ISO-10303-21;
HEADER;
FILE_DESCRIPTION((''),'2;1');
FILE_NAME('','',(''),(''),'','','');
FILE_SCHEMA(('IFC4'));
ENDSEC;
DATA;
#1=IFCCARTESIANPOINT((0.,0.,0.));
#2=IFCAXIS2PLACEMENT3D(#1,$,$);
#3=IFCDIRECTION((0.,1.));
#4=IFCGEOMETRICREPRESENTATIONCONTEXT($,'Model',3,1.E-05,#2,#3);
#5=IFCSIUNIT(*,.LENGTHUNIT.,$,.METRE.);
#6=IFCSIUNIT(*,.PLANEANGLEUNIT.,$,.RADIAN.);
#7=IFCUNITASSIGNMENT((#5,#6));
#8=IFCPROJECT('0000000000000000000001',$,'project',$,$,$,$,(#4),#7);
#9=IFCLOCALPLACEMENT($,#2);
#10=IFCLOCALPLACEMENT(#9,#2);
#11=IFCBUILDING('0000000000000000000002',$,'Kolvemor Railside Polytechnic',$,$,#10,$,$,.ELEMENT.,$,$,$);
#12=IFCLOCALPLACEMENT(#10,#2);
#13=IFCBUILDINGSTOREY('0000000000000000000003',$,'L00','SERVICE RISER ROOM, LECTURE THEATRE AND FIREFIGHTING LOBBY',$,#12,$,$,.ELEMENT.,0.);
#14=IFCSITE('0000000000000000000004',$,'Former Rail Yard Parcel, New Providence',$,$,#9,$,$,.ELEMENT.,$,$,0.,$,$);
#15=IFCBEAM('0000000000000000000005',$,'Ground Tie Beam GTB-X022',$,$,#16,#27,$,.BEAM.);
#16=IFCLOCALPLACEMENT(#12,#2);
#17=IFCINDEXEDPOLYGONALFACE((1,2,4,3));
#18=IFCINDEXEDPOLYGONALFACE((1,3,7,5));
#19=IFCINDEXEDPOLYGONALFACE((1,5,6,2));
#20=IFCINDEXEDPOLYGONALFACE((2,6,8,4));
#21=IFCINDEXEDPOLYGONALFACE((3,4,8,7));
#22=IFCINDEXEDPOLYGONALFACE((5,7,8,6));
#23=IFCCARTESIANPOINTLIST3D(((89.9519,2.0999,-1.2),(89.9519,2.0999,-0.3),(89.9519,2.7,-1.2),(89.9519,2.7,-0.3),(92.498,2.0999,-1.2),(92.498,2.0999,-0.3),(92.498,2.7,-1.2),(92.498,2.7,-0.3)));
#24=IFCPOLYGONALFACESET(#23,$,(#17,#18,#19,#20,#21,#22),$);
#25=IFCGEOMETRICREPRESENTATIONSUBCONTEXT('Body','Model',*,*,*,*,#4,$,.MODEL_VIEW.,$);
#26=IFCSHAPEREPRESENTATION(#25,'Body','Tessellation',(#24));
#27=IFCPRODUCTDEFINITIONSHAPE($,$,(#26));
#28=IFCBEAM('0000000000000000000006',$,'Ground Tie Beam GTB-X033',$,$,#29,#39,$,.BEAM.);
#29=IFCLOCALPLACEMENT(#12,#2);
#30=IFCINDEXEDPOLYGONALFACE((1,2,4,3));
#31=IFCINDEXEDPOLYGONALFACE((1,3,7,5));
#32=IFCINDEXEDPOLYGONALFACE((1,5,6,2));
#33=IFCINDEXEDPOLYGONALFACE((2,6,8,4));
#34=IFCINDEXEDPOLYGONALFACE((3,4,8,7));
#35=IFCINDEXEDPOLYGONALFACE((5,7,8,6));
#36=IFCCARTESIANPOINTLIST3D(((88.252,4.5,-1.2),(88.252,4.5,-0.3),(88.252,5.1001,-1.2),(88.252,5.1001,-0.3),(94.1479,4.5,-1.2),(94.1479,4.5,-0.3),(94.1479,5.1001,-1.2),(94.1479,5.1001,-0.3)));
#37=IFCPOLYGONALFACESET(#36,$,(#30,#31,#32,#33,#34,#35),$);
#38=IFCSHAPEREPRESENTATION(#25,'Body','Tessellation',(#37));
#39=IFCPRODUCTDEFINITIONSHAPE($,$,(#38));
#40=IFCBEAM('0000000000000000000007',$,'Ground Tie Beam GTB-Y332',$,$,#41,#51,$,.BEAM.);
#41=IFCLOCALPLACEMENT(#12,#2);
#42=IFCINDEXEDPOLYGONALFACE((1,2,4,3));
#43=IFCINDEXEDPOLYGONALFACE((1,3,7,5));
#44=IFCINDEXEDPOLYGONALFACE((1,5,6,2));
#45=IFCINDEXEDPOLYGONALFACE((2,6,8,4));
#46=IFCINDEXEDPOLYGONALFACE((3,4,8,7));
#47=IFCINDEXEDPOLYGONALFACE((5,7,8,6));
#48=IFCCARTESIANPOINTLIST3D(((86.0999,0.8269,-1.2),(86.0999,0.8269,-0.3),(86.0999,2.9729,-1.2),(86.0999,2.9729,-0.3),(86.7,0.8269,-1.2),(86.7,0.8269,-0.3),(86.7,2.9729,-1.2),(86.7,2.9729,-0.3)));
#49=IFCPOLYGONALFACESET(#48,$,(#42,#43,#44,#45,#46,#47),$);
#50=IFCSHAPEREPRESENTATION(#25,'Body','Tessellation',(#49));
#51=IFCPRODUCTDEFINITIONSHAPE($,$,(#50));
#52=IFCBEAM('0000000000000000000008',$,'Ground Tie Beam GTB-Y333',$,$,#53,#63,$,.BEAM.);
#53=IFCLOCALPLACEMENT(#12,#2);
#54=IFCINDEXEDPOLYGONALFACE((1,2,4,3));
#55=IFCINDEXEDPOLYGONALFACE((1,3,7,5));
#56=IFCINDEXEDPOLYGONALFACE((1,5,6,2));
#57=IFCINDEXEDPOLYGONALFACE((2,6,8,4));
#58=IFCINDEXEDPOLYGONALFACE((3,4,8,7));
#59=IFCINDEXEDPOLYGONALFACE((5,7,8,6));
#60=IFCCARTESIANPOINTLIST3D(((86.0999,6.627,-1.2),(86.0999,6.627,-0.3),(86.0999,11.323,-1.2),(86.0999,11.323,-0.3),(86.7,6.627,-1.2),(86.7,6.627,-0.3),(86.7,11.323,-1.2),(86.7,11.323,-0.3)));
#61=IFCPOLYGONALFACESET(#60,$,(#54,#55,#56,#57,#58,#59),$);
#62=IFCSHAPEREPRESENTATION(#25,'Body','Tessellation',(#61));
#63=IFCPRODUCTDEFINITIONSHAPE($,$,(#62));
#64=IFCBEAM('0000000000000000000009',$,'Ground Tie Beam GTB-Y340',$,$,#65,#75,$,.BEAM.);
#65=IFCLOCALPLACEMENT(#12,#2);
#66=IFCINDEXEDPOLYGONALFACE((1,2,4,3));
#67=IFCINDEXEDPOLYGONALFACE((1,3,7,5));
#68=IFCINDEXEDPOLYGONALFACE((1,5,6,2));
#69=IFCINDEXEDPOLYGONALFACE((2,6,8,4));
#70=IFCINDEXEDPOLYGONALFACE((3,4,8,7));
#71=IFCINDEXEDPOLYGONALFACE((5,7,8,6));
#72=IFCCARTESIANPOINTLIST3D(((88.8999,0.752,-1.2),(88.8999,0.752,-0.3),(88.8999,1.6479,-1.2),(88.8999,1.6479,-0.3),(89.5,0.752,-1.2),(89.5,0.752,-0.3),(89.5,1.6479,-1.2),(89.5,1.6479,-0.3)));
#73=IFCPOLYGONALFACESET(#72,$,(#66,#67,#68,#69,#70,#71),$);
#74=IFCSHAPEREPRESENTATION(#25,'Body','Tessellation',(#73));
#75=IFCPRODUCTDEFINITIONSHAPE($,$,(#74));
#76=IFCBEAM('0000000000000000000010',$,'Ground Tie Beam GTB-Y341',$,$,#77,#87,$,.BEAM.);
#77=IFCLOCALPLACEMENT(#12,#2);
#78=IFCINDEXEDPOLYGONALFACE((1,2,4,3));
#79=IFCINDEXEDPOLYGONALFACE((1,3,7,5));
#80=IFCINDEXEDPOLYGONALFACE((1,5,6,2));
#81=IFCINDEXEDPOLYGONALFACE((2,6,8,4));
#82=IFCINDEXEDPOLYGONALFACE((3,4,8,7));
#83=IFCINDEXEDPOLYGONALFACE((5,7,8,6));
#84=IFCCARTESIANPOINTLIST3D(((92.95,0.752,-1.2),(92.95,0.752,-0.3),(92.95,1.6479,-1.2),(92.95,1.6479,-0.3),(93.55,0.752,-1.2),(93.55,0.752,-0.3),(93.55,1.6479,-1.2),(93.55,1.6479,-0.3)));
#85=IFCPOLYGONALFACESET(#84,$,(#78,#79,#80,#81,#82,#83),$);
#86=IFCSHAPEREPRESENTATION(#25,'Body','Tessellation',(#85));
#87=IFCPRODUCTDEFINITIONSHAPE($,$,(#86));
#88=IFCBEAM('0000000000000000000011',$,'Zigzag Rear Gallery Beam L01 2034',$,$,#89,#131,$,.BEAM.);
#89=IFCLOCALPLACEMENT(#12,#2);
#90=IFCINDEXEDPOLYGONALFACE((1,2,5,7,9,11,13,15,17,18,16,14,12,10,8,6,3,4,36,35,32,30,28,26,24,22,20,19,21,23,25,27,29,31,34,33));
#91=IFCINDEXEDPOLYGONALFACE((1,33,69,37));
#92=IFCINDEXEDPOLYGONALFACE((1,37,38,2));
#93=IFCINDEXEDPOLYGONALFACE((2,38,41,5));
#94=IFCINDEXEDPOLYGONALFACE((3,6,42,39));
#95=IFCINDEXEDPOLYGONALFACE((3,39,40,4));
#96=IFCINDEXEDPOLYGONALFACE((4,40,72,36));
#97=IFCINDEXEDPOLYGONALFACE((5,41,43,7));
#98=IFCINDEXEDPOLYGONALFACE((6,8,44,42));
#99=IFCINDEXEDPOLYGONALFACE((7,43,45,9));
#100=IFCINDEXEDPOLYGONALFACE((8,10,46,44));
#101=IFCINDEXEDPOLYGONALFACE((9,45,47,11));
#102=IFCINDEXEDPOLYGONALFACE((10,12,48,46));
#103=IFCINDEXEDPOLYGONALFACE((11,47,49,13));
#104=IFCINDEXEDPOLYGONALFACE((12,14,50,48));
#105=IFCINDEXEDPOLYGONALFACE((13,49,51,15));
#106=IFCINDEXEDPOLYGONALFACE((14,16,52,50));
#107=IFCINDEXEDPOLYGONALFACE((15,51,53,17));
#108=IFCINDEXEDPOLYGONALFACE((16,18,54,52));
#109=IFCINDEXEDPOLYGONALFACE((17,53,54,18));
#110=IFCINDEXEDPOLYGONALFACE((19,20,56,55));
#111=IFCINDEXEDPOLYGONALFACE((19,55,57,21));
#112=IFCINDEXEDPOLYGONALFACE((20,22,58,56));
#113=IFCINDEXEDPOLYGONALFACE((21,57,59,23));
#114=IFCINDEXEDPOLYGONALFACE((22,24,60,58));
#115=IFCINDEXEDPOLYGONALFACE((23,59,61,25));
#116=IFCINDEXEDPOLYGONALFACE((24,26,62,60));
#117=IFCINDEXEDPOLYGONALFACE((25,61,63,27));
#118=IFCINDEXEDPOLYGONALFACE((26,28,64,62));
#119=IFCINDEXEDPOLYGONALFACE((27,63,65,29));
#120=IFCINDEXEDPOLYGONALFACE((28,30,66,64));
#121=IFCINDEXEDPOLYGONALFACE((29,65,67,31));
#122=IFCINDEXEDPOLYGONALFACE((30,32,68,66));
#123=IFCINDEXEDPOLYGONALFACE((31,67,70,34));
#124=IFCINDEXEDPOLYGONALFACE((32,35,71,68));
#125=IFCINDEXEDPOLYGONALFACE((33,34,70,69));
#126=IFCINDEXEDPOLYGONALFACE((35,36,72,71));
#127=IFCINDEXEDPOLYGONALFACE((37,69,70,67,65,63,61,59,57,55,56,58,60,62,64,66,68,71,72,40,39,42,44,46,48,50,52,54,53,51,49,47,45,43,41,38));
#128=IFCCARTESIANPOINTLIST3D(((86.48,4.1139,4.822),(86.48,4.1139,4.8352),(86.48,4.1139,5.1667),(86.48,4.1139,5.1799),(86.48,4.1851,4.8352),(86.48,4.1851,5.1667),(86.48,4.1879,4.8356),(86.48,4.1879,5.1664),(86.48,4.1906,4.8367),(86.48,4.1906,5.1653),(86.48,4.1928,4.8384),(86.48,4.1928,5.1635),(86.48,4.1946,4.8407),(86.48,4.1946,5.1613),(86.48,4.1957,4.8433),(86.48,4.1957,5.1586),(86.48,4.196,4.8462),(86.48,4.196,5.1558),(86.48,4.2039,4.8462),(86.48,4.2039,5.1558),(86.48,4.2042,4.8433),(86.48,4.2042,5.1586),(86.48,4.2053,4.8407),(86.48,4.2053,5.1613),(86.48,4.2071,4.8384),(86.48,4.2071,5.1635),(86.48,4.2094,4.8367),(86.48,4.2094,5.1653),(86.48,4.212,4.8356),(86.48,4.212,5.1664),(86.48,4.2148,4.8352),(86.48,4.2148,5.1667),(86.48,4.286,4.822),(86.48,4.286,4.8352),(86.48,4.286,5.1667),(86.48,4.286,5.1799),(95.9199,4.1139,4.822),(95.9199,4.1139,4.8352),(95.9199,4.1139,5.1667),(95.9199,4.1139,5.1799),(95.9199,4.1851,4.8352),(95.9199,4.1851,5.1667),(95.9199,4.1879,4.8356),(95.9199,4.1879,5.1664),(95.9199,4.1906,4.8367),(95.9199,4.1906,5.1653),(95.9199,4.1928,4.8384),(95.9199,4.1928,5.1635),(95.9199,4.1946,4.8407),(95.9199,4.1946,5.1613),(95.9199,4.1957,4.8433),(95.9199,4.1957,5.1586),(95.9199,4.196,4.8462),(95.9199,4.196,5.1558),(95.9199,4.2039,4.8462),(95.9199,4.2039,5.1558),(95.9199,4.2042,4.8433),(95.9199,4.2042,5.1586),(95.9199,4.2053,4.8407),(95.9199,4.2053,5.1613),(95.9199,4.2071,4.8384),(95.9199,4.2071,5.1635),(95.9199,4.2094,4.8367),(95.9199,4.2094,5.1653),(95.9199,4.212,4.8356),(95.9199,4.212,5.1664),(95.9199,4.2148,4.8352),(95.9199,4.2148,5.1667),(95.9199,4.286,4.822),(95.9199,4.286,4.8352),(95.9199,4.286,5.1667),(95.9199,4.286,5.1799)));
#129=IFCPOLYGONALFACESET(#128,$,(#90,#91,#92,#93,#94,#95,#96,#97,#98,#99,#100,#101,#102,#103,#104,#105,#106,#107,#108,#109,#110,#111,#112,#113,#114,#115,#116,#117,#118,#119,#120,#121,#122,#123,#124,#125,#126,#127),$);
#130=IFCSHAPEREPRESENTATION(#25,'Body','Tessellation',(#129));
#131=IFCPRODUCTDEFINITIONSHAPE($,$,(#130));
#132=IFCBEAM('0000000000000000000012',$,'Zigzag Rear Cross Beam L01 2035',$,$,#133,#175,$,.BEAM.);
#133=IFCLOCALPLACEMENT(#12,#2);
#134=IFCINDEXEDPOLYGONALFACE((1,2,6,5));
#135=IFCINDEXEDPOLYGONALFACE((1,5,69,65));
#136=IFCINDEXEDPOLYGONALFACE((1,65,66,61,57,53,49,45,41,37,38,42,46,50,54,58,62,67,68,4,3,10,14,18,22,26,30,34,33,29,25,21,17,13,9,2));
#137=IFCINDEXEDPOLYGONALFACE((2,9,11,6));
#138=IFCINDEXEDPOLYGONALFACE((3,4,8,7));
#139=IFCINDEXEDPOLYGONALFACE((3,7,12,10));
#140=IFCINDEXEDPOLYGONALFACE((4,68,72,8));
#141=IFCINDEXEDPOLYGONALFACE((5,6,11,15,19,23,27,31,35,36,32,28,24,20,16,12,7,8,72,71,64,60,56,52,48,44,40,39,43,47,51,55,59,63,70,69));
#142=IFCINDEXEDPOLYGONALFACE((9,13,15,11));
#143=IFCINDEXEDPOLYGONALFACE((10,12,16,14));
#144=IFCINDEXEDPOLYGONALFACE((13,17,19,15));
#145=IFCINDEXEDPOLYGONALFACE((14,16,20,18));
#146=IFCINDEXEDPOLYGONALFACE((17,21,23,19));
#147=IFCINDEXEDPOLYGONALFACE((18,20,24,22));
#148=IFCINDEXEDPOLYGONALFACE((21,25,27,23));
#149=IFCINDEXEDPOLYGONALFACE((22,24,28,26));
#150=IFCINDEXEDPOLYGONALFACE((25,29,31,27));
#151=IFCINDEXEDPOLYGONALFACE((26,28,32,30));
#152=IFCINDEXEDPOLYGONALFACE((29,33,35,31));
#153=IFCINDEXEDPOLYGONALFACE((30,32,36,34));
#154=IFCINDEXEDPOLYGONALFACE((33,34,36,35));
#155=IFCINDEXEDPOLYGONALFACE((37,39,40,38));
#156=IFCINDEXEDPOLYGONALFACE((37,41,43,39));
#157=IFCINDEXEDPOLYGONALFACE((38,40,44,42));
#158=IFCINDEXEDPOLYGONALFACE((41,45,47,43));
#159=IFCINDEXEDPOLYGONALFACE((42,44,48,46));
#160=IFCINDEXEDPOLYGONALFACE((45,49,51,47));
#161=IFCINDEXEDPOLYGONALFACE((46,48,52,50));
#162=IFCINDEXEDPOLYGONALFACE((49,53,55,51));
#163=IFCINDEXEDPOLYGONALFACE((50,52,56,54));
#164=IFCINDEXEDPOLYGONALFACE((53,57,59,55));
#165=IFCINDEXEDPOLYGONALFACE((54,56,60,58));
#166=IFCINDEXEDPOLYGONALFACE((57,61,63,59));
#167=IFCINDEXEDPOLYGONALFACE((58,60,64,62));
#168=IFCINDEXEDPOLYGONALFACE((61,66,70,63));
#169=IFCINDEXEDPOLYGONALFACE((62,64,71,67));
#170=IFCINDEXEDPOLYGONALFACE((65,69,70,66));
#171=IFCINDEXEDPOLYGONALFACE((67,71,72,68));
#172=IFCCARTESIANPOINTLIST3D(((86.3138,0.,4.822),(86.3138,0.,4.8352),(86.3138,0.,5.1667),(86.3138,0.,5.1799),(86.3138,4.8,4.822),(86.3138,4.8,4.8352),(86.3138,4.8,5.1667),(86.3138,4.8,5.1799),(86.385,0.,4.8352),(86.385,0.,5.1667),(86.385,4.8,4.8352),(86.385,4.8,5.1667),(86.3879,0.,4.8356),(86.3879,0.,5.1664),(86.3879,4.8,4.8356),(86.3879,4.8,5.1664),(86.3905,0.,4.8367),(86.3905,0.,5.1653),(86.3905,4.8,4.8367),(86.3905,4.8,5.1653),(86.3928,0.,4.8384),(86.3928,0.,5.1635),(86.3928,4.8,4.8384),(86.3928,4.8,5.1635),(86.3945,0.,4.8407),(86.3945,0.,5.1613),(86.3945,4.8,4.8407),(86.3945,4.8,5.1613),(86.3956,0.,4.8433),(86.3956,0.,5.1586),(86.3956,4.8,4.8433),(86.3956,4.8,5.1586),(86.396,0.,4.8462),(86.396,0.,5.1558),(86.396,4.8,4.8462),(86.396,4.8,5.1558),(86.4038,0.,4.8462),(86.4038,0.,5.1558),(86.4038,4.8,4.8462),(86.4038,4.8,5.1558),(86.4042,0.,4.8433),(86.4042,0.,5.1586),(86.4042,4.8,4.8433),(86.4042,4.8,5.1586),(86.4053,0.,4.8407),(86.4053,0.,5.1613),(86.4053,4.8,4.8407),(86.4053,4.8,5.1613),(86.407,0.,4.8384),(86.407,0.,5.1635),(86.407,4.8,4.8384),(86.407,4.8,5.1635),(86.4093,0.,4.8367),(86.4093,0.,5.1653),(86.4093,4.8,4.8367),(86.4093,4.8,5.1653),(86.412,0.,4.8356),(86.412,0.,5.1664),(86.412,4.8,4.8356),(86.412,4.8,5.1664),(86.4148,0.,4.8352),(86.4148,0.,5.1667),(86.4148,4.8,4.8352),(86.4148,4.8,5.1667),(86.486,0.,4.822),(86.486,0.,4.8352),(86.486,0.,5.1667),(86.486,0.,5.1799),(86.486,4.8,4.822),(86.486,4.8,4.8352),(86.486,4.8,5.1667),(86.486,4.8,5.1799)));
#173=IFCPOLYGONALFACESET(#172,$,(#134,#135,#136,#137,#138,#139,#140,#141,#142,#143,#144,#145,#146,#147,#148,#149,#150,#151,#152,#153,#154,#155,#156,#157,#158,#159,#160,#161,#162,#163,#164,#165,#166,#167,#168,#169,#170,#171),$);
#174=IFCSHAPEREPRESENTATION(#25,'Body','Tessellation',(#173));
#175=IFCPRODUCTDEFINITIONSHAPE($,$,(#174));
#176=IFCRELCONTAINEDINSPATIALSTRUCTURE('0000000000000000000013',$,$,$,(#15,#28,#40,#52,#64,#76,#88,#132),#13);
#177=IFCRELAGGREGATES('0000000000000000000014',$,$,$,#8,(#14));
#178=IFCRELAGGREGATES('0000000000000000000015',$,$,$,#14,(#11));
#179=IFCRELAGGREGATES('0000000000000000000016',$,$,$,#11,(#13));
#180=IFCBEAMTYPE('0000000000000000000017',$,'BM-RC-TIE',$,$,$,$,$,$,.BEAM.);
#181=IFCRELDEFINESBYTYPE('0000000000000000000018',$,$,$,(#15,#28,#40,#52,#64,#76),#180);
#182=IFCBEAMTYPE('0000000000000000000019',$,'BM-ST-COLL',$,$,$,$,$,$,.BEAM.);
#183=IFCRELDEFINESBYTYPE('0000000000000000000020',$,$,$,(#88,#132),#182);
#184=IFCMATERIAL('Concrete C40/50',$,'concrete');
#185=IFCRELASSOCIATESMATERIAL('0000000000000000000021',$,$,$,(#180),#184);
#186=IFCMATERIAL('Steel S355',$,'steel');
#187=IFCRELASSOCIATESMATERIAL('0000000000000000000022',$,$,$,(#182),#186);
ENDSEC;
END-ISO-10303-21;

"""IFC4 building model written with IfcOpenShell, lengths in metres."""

from ifc_helpers import new_model, si_unit, direction, frame, origin, origin_2d, place, context, subcontext, project, spatial, rectangle, i_section, extrude, material, material_profile, profile_set, type_object, element, save


model = new_model("IFC4")

# Units and contexts
model_context = context("Model", 3, precision=1e-05, world=origin(), true_north=direction((0.0, 1.0)))
body_context = subcontext(model_context, "Body", "Model", "MODEL_VIEW")
ifc_project = project(units=[si_unit("LENGTHUNIT", "METRE"), si_unit("PLANEANGLEUNIT", "RADIAN")], contexts=[model_context])

# Site, building, storey
site_placement = place(None, origin())
site = spatial("IfcSite", under=ifc_project, at=site_placement, Name="Former Rail Yard Parcel, New Providence", CompositionType="ELEMENT", RefElevation=0.0)
building_placement = place(site_placement, origin())
building = spatial("IfcBuilding", under=site, at=building_placement, Name="Kolvemor Railside Polytechnic", CompositionType="ELEMENT")
storey_placement = place(building_placement, origin())
storey = spatial("IfcBuildingStorey", under=building, at=storey_placement, Name="L00", Description="SERVICE RISER ROOM, LECTURE THEATRE AND FIREFIGHTING LOBBY", CompositionType="ELEMENT", Elevation=0.0)

# Beams
ifc_material_1 = material(Name="Concrete C40/50", Category="concrete")
ifc_material_profile_1 = material_profile(ifc_material_1, rectangle(XDim=0.6001, YDim=0.8999, at=origin_2d()), Name="RC600x900")
ifc_profile_set_1 = profile_set([ifc_material_profile_1], Name="Concrete C40/50")
beam_type_1 = type_object("IfcBeamType", Name="BM-RC-TIE", PredefinedType="BEAM", material=ifc_profile_set_1)
for number, where, z_axis, x_axis, name in (
    (1, (89.9519, 2.3999, -0.75), (1.0, 0.0, 0.0), (0.0, 1.0, 0.0), "Ground Tie Beam GTB-X022"),
):
    element("IfcBeam", number, at=place(storey_placement, frame(where, z_axis=z_axis, x_axis=x_axis)), inside=storey, type_object=beam_type_1, Name=name, PredefinedType="BEAM", context=body_context, shape_type="SweptSolid", body=[
        extrude(rectangle(XDim=0.6001, YDim=0.8999, at=origin_2d()), origin(), (0.0, 0.0, 1.0), 2.5461),
    ])
beam_1_placement = place(storey_placement, frame((88.252, 4.8, -0.75), z_axis=(1.0, 0.0, 0.0), x_axis=(0.0, 1.0, 0.0)))
element("IfcBeam", 2, at=beam_1_placement, inside=storey, type_object=beam_type_1, Name="Ground Tie Beam GTB-X033", PredefinedType="BEAM", context=body_context, shape_type="SweptSolid", body=[
    extrude(rectangle(XDim=0.6001, YDim=0.8999, at=origin_2d()), origin(), (0.0, 0.0, 1.0), 5.896),
])
beam_2_placement = place(storey_placement, frame((86.3999, 0.8269, -0.75), z_axis=(0.0, 1.0, 0.0), x_axis=(-1.0, 0.0, 0.0)))
element("IfcBeam", 3, at=beam_2_placement, inside=storey, type_object=beam_type_1, Name="Ground Tie Beam GTB-Y332", PredefinedType="BEAM", context=body_context, shape_type="SweptSolid", body=[
    extrude(rectangle(XDim=0.6001, YDim=0.8999, at=origin_2d()), origin(), (0.0, 0.0, 1.0), 2.146),
])
beam_3_placement = place(storey_placement, frame((86.3999, 6.627, -0.75), z_axis=(0.0, 1.0, 0.0), x_axis=(-1.0, 0.0, 0.0)))
element("IfcBeam", 4, at=beam_3_placement, inside=storey, type_object=beam_type_1, Name="Ground Tie Beam GTB-Y333", PredefinedType="BEAM", context=body_context, shape_type="SweptSolid", body=[
    extrude(rectangle(XDim=0.6001, YDim=0.8999, at=origin_2d()), origin(), (0.0, 0.0, 1.0), 4.696),
])
for number, where, z_axis, x_axis, name in (
    (5, (89.2, 0.752, -0.75), (0.0, 1.0, 0.0), (-1.0, 0.0, 0.0), "Ground Tie Beam GTB-Y340"),
    (6, (93.25, 0.752, -0.75), (0.0, 1.0, 0.0), (-1.0, 0.0, 0.0), "Ground Tie Beam GTB-Y341"),
):
    element("IfcBeam", number, at=place(storey_placement, frame(where, z_axis=z_axis, x_axis=x_axis)), inside=storey, type_object=beam_type_1, Name=name, PredefinedType="BEAM", context=body_context, shape_type="SweptSolid", body=[
        extrude(rectangle(XDim=0.6001, YDim=0.8999, at=origin_2d()), origin(), (0.0, 0.0, 1.0), 0.896),
    ])
ifc_material_2 = material(Name="Steel S355", Category="steel")
ifc_material_profile_2 = material_profile(ifc_material_2, i_section(OverallWidth=0.1721, OverallDepth=0.3579, WebThickness=0.0078, FlangeThickness=0.0132, FilletRadius=0.011, at=origin_2d()), Name="W360x57")
ifc_profile_set_2 = profile_set([ifc_material_profile_2], Name="Steel S355")
beam_type_2 = type_object("IfcBeamType", Name="BM-ST-COLL", PredefinedType="BEAM", material=ifc_profile_set_2)
beam_4_placement = place(storey_placement, frame((86.48, 4.2, 5.001), z_axis=(1.0, 0.0, 0.0), x_axis=(0.0, 1.0, 0.0)))
element("IfcBeam", 7, at=beam_4_placement, inside=storey, type_object=beam_type_2, Name="Zigzag Rear Gallery Beam L01 2034", PredefinedType="BEAM", context=body_context, shape_type="SweptSolid", body=[
    extrude(i_section(OverallWidth=0.1721, OverallDepth=0.3579, WebThickness=0.0078, FlangeThickness=0.0132, FilletRadius=0.011, at=origin_2d()), origin(), (0.0, 0.0, 1.0), 9.4399),
])
beam_5_placement = place(storey_placement, frame((86.3999, 0.0, 5.001), z_axis=(0.0, 1.0, 0.0), x_axis=(-1.0, 0.0, 0.0)))
element("IfcBeam", 8, at=beam_5_placement, inside=storey, type_object=beam_type_2, Name="Zigzag Rear Cross Beam L01 2035", PredefinedType="BEAM", context=body_context, shape_type="SweptSolid", body=[
    extrude(i_section(OverallWidth=0.1721, OverallDepth=0.3579, WebThickness=0.0078, FlangeThickness=0.0132, FilletRadius=0.011, at=origin_2d()), origin(), (0.0, 0.0, 1.0), 4.8),
])

save(model, "model.ifc")
